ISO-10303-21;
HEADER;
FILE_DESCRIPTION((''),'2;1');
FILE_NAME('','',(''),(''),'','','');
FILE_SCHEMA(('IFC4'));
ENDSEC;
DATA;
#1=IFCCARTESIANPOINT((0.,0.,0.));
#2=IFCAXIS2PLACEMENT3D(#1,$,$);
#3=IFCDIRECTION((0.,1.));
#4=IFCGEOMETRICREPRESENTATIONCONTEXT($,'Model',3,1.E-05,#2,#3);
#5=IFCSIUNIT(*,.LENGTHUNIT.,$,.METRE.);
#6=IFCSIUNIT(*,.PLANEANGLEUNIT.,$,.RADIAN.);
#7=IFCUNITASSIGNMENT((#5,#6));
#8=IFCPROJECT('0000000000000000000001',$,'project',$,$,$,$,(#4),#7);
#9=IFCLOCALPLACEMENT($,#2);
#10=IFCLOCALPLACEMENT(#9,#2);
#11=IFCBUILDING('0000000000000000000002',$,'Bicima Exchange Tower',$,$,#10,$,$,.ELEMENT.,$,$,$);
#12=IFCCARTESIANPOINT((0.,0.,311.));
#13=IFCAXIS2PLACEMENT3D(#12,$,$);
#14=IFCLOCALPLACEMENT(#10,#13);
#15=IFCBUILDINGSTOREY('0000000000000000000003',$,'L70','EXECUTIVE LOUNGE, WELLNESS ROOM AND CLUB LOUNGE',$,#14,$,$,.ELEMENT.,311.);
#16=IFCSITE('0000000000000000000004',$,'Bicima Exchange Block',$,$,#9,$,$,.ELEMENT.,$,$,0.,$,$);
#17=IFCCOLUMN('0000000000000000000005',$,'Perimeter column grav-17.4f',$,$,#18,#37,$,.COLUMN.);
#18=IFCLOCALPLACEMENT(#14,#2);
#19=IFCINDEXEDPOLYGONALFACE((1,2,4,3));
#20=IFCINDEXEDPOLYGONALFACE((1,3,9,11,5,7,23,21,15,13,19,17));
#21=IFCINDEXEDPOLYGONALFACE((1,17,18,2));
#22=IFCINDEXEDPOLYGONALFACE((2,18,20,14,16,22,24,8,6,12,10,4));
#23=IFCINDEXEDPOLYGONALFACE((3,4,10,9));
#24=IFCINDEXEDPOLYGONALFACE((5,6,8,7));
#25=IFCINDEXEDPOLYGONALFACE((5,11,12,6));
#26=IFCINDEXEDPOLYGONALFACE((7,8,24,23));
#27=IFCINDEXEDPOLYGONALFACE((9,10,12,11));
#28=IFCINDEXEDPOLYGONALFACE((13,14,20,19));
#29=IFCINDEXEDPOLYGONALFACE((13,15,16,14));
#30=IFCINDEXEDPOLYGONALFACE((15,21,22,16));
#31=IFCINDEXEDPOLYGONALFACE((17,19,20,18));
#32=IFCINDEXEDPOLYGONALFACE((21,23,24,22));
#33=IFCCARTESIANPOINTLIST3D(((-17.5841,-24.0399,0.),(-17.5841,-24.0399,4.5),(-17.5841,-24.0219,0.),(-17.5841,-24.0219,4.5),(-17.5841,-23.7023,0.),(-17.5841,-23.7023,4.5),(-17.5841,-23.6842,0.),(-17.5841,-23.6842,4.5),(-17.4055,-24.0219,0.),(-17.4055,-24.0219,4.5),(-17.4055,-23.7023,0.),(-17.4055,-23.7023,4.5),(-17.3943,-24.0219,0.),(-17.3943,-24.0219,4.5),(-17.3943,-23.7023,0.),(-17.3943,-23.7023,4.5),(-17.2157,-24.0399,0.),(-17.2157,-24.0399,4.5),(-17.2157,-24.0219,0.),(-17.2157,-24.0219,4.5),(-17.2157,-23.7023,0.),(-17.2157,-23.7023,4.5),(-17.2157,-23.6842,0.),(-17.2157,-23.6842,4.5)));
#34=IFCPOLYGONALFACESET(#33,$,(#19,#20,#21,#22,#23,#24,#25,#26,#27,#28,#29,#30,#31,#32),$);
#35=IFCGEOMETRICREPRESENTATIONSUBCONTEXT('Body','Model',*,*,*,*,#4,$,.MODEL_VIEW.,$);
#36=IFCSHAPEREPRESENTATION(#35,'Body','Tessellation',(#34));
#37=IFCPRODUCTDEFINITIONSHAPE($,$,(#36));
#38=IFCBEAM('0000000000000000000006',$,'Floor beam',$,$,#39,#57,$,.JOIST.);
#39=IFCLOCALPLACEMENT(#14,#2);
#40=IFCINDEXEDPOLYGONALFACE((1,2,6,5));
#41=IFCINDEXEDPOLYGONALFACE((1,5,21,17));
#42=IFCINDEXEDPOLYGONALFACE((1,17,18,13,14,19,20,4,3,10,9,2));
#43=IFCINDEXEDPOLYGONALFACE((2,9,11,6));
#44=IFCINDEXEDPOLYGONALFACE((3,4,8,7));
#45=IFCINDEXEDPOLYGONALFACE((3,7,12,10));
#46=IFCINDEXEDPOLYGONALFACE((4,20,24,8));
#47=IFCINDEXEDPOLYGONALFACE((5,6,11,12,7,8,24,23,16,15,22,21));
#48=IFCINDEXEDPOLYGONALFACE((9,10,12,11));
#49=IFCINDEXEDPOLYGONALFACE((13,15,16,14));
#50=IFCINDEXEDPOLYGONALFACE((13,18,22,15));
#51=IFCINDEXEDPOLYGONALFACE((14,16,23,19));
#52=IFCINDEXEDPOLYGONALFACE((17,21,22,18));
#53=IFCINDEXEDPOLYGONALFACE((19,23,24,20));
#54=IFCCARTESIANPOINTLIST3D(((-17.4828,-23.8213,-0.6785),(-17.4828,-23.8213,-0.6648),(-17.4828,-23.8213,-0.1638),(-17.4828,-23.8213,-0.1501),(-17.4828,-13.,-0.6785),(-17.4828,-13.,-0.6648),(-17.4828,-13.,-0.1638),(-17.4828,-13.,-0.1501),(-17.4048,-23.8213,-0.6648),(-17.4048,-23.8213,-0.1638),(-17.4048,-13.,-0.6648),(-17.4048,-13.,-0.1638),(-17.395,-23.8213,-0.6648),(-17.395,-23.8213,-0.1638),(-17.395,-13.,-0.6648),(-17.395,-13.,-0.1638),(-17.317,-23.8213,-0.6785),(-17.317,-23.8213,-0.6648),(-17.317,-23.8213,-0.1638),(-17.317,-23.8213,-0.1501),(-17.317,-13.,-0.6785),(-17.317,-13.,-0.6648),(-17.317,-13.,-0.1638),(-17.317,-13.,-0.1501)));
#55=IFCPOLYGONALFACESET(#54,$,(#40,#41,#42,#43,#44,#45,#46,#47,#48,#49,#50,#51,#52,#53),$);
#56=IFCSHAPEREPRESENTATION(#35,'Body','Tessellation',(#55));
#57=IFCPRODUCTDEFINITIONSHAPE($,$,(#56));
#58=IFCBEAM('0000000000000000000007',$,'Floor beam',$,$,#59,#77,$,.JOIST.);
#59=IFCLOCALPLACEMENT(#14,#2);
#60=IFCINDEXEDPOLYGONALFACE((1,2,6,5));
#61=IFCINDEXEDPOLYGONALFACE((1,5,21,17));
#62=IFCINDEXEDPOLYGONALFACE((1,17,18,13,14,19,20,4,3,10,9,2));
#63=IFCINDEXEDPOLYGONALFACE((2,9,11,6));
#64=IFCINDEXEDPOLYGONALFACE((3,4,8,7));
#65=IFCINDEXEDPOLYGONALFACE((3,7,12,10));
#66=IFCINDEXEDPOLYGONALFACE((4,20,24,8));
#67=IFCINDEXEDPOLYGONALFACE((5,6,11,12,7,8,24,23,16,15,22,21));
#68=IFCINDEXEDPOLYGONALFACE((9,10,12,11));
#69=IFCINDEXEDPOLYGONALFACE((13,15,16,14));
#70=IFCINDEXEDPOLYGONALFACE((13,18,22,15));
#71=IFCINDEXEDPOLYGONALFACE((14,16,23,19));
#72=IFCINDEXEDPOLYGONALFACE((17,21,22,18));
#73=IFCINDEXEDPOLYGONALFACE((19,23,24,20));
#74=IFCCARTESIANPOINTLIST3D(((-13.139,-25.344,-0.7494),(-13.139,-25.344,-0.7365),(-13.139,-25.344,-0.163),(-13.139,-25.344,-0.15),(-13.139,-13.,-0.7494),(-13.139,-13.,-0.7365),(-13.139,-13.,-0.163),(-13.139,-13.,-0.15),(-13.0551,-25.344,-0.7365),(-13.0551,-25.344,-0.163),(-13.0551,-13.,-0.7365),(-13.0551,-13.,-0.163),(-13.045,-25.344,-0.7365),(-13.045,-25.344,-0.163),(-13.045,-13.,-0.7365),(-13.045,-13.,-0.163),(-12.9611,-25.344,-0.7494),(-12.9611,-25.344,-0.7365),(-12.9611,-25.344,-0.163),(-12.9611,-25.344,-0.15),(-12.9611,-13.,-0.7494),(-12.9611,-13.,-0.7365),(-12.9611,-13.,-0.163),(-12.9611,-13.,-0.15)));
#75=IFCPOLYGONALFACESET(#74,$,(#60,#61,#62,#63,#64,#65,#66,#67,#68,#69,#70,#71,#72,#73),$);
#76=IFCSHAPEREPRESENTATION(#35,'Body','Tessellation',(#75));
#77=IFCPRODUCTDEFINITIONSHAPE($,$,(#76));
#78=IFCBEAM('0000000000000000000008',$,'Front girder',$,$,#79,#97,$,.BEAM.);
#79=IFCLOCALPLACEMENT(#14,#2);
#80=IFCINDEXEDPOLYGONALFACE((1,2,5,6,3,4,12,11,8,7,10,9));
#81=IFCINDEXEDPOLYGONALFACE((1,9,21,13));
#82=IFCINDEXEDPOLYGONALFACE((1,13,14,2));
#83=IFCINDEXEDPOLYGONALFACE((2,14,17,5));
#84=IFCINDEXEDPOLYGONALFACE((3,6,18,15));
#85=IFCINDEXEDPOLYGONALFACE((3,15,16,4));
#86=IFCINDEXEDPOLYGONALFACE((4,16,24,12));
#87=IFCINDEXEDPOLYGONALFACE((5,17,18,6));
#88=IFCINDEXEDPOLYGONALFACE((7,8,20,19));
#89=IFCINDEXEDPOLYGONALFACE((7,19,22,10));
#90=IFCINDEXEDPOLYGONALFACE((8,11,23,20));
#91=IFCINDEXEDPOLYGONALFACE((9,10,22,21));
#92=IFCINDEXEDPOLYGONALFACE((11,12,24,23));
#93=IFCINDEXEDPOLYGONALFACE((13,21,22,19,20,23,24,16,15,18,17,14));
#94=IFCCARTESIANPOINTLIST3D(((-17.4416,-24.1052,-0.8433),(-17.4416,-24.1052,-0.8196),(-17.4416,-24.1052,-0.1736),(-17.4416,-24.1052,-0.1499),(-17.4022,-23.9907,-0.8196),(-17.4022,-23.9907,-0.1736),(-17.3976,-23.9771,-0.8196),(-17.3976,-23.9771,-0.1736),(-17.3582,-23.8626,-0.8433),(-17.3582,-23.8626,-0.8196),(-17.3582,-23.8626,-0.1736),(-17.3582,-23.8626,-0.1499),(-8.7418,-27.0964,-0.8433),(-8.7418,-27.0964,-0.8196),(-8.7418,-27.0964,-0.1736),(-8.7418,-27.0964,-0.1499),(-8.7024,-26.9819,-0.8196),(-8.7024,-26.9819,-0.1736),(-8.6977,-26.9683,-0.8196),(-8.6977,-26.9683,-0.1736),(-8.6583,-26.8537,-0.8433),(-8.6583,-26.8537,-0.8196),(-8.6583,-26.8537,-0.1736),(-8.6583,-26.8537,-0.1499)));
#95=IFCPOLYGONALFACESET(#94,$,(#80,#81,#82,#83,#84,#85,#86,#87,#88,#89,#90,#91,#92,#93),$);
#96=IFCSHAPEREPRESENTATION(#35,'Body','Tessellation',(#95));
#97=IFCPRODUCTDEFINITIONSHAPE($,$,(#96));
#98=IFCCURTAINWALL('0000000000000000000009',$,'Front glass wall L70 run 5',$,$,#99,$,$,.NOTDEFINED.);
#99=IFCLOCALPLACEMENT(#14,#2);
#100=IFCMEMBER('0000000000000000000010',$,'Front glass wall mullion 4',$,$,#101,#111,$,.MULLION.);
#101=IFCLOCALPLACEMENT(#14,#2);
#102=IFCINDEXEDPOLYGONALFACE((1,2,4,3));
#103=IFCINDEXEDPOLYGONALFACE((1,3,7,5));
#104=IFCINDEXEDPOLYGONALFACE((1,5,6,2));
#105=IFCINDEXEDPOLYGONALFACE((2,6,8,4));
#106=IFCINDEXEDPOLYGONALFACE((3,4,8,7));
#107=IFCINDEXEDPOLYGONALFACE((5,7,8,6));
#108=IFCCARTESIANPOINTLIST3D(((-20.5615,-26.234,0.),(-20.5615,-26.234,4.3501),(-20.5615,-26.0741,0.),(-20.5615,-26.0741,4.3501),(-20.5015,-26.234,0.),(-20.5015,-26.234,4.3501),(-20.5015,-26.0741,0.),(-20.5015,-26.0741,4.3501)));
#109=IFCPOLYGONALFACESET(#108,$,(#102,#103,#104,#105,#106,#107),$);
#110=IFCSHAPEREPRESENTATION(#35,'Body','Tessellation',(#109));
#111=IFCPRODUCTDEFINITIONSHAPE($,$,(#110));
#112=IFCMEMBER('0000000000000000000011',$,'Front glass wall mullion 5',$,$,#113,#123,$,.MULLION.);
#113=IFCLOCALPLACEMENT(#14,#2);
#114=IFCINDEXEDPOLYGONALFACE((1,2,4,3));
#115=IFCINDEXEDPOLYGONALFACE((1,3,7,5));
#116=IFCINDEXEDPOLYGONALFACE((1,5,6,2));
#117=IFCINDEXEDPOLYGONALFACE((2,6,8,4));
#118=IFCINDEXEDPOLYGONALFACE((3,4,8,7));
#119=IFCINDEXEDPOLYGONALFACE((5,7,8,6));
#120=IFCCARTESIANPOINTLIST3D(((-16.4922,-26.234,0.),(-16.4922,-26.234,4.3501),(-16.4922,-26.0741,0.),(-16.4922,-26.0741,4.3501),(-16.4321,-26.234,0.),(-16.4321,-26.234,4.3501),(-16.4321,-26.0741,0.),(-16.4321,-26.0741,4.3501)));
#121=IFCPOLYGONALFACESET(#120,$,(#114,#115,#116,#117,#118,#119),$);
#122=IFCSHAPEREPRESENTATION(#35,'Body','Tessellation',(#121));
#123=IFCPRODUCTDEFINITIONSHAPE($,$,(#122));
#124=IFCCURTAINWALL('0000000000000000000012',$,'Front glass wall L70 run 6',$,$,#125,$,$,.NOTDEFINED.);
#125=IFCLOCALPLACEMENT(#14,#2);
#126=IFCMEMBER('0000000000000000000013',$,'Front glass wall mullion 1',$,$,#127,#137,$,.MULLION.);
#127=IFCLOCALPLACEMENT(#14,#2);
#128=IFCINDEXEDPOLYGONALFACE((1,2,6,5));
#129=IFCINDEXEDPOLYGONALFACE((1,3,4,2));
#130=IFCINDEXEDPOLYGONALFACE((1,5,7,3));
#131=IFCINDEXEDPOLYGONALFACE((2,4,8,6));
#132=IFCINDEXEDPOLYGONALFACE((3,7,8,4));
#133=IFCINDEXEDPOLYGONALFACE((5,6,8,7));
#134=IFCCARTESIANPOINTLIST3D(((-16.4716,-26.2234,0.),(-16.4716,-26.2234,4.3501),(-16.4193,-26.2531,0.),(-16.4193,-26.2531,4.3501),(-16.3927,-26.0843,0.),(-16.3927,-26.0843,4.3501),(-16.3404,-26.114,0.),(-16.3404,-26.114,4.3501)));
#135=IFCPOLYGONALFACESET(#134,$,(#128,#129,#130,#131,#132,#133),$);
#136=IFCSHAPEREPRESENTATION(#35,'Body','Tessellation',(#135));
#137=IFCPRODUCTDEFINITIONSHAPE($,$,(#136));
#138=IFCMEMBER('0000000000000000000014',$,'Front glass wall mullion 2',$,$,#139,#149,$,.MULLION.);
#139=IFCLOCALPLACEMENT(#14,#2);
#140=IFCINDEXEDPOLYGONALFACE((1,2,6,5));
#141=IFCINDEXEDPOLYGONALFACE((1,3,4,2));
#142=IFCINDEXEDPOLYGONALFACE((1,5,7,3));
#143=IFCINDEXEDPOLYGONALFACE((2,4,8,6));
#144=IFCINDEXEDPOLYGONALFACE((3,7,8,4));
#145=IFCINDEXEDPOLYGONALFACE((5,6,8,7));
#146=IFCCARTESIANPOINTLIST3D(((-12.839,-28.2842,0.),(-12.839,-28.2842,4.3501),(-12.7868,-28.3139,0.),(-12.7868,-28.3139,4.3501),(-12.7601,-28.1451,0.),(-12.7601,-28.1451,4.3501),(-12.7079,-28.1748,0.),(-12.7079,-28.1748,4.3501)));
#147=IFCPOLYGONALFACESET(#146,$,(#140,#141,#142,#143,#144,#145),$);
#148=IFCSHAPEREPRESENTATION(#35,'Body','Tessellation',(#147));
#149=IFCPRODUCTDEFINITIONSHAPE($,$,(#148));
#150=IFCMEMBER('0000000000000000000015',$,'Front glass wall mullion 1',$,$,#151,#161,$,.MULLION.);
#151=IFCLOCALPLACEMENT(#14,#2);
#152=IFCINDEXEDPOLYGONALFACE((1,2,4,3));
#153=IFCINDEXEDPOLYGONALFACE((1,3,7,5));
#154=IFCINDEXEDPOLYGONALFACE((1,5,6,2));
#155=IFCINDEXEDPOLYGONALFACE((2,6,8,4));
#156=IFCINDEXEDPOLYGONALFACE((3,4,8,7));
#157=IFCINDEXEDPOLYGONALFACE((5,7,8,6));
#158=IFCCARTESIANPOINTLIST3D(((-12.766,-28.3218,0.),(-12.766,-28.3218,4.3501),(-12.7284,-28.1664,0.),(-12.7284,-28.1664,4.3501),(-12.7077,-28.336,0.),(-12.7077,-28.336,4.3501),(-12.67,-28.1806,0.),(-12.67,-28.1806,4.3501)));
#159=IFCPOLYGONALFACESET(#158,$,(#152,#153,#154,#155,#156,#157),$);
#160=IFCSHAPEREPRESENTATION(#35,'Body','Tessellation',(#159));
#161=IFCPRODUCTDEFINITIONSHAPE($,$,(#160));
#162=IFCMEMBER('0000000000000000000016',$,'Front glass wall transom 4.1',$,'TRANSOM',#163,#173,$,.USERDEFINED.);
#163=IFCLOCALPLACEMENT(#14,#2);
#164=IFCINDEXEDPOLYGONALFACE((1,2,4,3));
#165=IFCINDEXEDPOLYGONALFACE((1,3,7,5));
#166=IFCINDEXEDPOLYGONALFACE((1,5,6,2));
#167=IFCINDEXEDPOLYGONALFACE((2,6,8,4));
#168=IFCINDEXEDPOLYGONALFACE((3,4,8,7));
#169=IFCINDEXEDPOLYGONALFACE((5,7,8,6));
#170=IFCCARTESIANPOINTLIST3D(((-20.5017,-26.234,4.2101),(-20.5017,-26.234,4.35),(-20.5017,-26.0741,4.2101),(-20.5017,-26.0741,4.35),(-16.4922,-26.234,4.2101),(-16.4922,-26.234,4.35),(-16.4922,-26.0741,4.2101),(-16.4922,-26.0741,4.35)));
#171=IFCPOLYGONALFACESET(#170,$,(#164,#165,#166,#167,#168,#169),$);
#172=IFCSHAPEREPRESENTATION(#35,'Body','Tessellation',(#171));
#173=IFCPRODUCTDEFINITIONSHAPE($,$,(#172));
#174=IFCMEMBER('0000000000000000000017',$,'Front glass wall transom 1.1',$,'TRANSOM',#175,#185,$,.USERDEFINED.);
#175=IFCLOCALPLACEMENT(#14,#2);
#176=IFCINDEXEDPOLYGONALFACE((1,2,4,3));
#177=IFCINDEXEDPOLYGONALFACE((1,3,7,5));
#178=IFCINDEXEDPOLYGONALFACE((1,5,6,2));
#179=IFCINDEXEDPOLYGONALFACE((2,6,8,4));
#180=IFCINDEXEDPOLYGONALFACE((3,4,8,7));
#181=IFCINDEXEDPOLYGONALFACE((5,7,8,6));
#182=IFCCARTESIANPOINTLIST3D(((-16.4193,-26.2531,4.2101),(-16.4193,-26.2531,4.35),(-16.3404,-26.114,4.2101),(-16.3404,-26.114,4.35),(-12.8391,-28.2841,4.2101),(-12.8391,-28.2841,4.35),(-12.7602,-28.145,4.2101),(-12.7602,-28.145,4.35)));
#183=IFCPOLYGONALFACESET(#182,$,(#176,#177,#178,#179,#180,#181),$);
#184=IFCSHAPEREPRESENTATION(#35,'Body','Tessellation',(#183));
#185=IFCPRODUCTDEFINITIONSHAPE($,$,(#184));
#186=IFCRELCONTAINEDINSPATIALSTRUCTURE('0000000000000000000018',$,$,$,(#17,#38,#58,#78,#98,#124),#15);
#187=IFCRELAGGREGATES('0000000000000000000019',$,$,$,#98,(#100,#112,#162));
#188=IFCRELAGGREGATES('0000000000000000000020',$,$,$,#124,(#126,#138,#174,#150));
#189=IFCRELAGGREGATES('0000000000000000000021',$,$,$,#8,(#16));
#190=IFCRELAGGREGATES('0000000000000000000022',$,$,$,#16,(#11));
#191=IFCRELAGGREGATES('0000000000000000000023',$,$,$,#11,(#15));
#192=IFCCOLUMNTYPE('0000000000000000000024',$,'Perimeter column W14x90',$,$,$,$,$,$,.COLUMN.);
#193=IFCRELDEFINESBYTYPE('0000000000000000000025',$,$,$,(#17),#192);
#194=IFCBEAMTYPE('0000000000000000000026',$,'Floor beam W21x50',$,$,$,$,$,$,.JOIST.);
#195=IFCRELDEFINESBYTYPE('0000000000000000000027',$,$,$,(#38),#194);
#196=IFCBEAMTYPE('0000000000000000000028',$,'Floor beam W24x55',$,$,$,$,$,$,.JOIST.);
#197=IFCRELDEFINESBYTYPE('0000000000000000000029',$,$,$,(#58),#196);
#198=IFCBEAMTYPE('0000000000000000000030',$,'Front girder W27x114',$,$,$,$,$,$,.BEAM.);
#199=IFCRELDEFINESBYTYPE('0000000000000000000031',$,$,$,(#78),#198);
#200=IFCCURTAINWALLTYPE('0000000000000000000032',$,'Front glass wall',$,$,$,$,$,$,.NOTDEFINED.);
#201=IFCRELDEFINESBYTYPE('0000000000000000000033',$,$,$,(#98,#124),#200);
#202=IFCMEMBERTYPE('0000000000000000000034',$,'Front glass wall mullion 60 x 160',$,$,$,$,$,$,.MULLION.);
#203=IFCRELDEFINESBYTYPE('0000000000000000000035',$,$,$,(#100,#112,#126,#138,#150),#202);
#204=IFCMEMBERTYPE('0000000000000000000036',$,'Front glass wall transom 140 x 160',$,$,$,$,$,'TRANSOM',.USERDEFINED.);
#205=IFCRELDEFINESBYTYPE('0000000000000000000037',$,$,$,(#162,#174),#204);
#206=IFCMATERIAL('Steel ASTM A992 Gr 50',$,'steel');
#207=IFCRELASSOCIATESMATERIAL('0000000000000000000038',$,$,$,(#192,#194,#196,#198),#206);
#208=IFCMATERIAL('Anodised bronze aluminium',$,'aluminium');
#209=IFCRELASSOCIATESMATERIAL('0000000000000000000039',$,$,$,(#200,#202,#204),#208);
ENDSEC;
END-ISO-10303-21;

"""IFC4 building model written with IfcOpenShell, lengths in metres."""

from ifc_helpers import new_model, si_unit, direction, frame, origin, origin_2d, place, context, subcontext, project, spatial, rectangle, i_section, extrude, material, material_profile, profile_set, type_object, element, aggregate, save


model = new_model("IFC4")

# Units and contexts
model_context = context("Model", 3, precision=1e-05, world=origin(), true_north=direction((0.0, 1.0)))
body_context = subcontext(model_context, "Body", "Model", "MODEL_VIEW")
ifc_project = project(units=[si_unit("LENGTHUNIT", "METRE"), si_unit("PLANEANGLEUNIT", "RADIAN")], contexts=[model_context])

# Site, building, storey
site_placement = place(None, origin())
site = spatial("IfcSite", under=ifc_project, at=site_placement, Name="Bicima Exchange Block", CompositionType="ELEMENT", RefElevation=0.0)
building_placement = place(site_placement, origin())
building = spatial("IfcBuilding", under=site, at=building_placement, Name="Bicima Exchange Tower", CompositionType="ELEMENT")
storey_placement = place(building_placement, frame((0.0, 0.0, 311.0)))
storey = spatial("IfcBuildingStorey", under=building, at=storey_placement, Name="L70", Description="EXECUTIVE LOUNGE, WELLNESS ROOM AND CLUB LOUNGE", CompositionType="ELEMENT", Elevation=311.0)

# Column
ifc_material_1 = material(Name="Steel ASTM A992 Gr 50", Category="steel")
ifc_material_profile_1 = material_profile(ifc_material_1, i_section(OverallWidth=0.3684, OverallDepth=0.3557, WebThickness=0.0112, FlangeThickness=0.0181, at=origin_2d()))
ifc_profile_set_1 = profile_set([ifc_material_profile_1], Name="Steel ASTM A992 Gr 50")
column_type = type_object("IfcColumnType", Name="Perimeter column W14x90", PredefinedType="COLUMN", material=ifc_profile_set_1)
column_placement = place(storey_placement, frame((-17.3999, -23.8621, 0.0), z_axis=(0.0, 0.0, 1.0), x_axis=(1.0, 0.0, 0.0)))
element("IfcColumn", 1, at=column_placement, inside=storey, type_object=column_type, Name="Perimeter column grav-17.4f", PredefinedType="COLUMN", context=body_context, shape_type="SweptSolid", body=[
    extrude(i_section(OverallWidth=0.3684, OverallDepth=0.3557, WebThickness=0.0112, FlangeThickness=0.0181, at=origin_2d()), origin(), (0.0, 0.0, 1.0), 4.5),
])

# Beams
ifc_material_profile_2 = material_profile(ifc_material_1, i_section(OverallWidth=0.1658, OverallDepth=0.5283, WebThickness=0.0098, FlangeThickness=0.0137, at=origin_2d()))
ifc_profile_set_2 = profile_set([ifc_material_profile_2], Name="Steel ASTM A992 Gr 50")
beam_type_1 = type_object("IfcBeamType", Name="Floor beam W21x50", PredefinedType="JOIST", material=ifc_profile_set_2)
beam_1_placement = place(storey_placement, frame((-17.3999, -13.0, -0.4143), z_axis=(0.0, -1.0, 0.0), x_axis=(1.0, 0.0, 0.0)))
element("IfcBeam", 2, at=beam_1_placement, inside=storey, type_object=beam_type_1, Name="Floor beam", PredefinedType="JOIST", context=body_context, shape_type="SweptSolid", body=[
    extrude(i_section(OverallWidth=0.1658, OverallDepth=0.5283, WebThickness=0.0098, FlangeThickness=0.0137, at=origin_2d()), origin(), (0.0, 0.0, 1.0), 10.8213),
])
ifc_material_profile_3 = material_profile(ifc_material_1, i_section(OverallWidth=0.178, OverallDepth=0.5994, WebThickness=0.01, FlangeThickness=0.0129, at=origin_2d()))
ifc_profile_set_3 = profile_set([ifc_material_profile_3], Name="Steel ASTM A992 Gr 50")
beam_type_2 = type_object("IfcBeamType", Name="Floor beam W24x55", PredefinedType="JOIST", material=ifc_profile_set_3)
beam_2_placement = place(storey_placement, frame((-13.05, -13.0, -0.4497), z_axis=(0.0, -1.0, 0.0), x_axis=(1.0, 0.0, 0.0)))
element("IfcBeam", 3, at=beam_2_placement, inside=storey, type_object=beam_type_2, Name="Floor beam", PredefinedType="JOIST", context=body_context, shape_type="SweptSolid", body=[
    extrude(i_section(OverallWidth=0.178, OverallDepth=0.5994, WebThickness=0.01, FlangeThickness=0.0129, at=origin_2d()), origin(), (0.0, 0.0, 1.0), 12.344),
])
ifc_material_profile_4 = material_profile(ifc_material_1, i_section(OverallWidth=0.2566, OverallDepth=0.6934, WebThickness=0.0144, FlangeThickness=0.0237, at=origin_2d()))
ifc_profile_set_4 = profile_set([ifc_material_profile_4], Name="Steel ASTM A992 Gr 50")
beam_type_3 = type_object("IfcBeamType", Name="Front girder W27x114", PredefinedType="BEAM", material=ifc_profile_set_4)
beam_3_placement = place(storey_placement, frame((-17.3999, -23.9839, -0.4966), z_axis=(0.945666, -0.325138, 0.0), x_axis=(0.325138, 0.945666, 0.0)))
element("IfcBeam", 4, at=beam_3_placement, inside=storey, type_object=beam_type_3, Name="Front girder", PredefinedType="BEAM", context=body_context, shape_type="SweptSolid", body=[
    extrude(i_section(OverallWidth=0.2566, OverallDepth=0.6934, WebThickness=0.0144, FlangeThickness=0.0237, at=origin_2d()), origin(), (0.0, 0.0, 1.0), 9.1997),
])

# Curtain walls, members
ifc_material_2 = material(Name="Anodised bronze aluminium", Category="aluminium")
curtain_wall_type = type_object("IfcCurtainWallType", Name="Front glass wall", PredefinedType="NOTDEFINED", material=ifc_material_2)
curtain_wall_1_placement = place(storey_placement, origin())
curtain_wall_1 = element("IfcCurtainWall", 5, at=curtain_wall_1_placement, inside=storey, type_object=curtain_wall_type, Name="Front glass wall L70 run 5", PredefinedType="NOTDEFINED")
ifc_material_profile_5 = material_profile(ifc_material_2, rectangle(XDim=0.1599, YDim=0.0601, at=origin_2d()))
ifc_profile_set_5 = profile_set([ifc_material_profile_5], Name="Anodised bronze aluminium")
member_type_1 = type_object("IfcMemberType", Name="Front glass wall mullion 60 x 160", PredefinedType="MULLION", material=ifc_profile_set_5)
member_1_placement = place(storey_placement, frame((-20.5315, -26.1541, 0.0), z_axis=(0.0, 0.0, 1.0), x_axis=(0.0, 1.0, 0.0)))
member_1 = element("IfcMember", 6, at=member_1_placement, type_object=member_type_1, Name="Front glass wall mullion 4", PredefinedType="MULLION", context=body_context, shape_type="SweptSolid", body=[
    extrude(rectangle(XDim=0.1599, YDim=0.0601, at=origin_2d()), origin(), (0.0, 0.0, 1.0), 4.3501),
])
member_2_placement = place(storey_placement, frame((-16.4622, -26.1541, 0.0), z_axis=(0.0, 0.0, 1.0), x_axis=(0.0, 1.0, 0.0)))
member_2 = element("IfcMember", 7, at=member_2_placement, type_object=member_type_1, Name="Front glass wall mullion 5", PredefinedType="MULLION", context=body_context, shape_type="SweptSolid", body=[
    extrude(rectangle(XDim=0.1599, YDim=0.0601, at=origin_2d()), origin(), (0.0, 0.0, 1.0), 4.3501),
])
curtain_wall_2_placement = place(storey_placement, origin())
curtain_wall_2 = element("IfcCurtainWall", 8, at=curtain_wall_2_placement, inside=storey, type_object=curtain_wall_type, Name="Front glass wall L70 run 6", PredefinedType="NOTDEFINED")
member_3_placement = place(storey_placement, frame((-16.406, -26.1687, 0.0), z_axis=(0.0, 0.0, 1.0), x_axis=(0.493395, 0.869805, 0.0)))
member_3 = element("IfcMember", 9, at=member_3_placement, type_object=member_type_1, Name="Front glass wall mullion 1", PredefinedType="MULLION", context=body_context, shape_type="SweptSolid", body=[
    extrude(rectangle(XDim=0.1599, YDim=0.0601, at=origin_2d()), origin(), (0.0, 0.0, 1.0), 4.3501),
])
member_4_placement = place(storey_placement, frame((-12.7734, -28.2295, 0.0), z_axis=(0.0, 0.0, 1.0), x_axis=(0.493395, 0.869805, 0.0)))
member_4 = element("IfcMember", 10, at=member_4_placement, type_object=member_type_1, Name="Front glass wall mullion 2", PredefinedType="MULLION", context=body_context, shape_type="SweptSolid", body=[
    extrude(rectangle(XDim=0.1599, YDim=0.0601, at=origin_2d()), origin(), (0.0, 0.0, 1.0), 4.3501),
])
member_5_placement = place(storey_placement, frame((-12.718, -28.2512, 0.0), z_axis=(0.0, 0.0, 1.0), x_axis=(0.235682, 0.97183, 0.0)))
member_5 = element("IfcMember", 11, at=member_5_placement, type_object=member_type_1, Name="Front glass wall mullion 1", PredefinedType="MULLION", context=body_context, shape_type="SweptSolid", body=[
    extrude(rectangle(XDim=0.1599, YDim=0.0601, at=origin_2d()), origin(), (0.0, 0.0, 1.0), 4.3501),
])

# Members
ifc_material_profile_6 = material_profile(ifc_material_2, rectangle(XDim=0.1599, YDim=0.1399, at=origin_2d()))
ifc_profile_set_6 = profile_set([ifc_material_profile_6], Name="Anodised bronze aluminium")
member_type_2 = type_object("IfcMemberType", Name="Front glass wall transom 140 x 160", ElementType="TRANSOM", PredefinedType="USERDEFINED", material=ifc_profile_set_6)
member_6_placement = place(storey_placement, frame((-20.5017, -26.1541, 4.28), z_axis=(1.0, 0.0, 0.0), x_axis=(0.0, 1.0, 0.0)))
member_6 = element("IfcMember", 12, at=member_6_placement, type_object=member_type_2, Name="Front glass wall transom 4.1", ObjectType="TRANSOM", PredefinedType="USERDEFINED", context=body_context, shape_type="SweptSolid", body=[
    extrude(rectangle(XDim=0.1599, YDim=0.1399, at=origin_2d()), origin(), (0.0, 0.0, 1.0), 4.0095),
])
member_7_placement = place(storey_placement, frame((-16.3799, -26.1836, 4.28), z_axis=(0.869797, -0.493409, 0.0), x_axis=(0.493409, 0.869797, 0.0)))
member_7 = element("IfcMember", 13, at=member_7_placement, type_object=member_type_2, Name="Front glass wall transom 1.1", ObjectType="TRANSOM", PredefinedType="USERDEFINED", context=body_context, shape_type="SweptSolid", body=[
    extrude(rectangle(XDim=0.1599, YDim=0.1399, at=origin_2d()), origin(), (0.0, 0.0, 1.0), 4.1162),
])

aggregate(curtain_wall_1, [member_1, member_2, member_6])
aggregate(curtain_wall_2, [member_3, member_4, member_7, member_5])

save(model, "model.ifc")
